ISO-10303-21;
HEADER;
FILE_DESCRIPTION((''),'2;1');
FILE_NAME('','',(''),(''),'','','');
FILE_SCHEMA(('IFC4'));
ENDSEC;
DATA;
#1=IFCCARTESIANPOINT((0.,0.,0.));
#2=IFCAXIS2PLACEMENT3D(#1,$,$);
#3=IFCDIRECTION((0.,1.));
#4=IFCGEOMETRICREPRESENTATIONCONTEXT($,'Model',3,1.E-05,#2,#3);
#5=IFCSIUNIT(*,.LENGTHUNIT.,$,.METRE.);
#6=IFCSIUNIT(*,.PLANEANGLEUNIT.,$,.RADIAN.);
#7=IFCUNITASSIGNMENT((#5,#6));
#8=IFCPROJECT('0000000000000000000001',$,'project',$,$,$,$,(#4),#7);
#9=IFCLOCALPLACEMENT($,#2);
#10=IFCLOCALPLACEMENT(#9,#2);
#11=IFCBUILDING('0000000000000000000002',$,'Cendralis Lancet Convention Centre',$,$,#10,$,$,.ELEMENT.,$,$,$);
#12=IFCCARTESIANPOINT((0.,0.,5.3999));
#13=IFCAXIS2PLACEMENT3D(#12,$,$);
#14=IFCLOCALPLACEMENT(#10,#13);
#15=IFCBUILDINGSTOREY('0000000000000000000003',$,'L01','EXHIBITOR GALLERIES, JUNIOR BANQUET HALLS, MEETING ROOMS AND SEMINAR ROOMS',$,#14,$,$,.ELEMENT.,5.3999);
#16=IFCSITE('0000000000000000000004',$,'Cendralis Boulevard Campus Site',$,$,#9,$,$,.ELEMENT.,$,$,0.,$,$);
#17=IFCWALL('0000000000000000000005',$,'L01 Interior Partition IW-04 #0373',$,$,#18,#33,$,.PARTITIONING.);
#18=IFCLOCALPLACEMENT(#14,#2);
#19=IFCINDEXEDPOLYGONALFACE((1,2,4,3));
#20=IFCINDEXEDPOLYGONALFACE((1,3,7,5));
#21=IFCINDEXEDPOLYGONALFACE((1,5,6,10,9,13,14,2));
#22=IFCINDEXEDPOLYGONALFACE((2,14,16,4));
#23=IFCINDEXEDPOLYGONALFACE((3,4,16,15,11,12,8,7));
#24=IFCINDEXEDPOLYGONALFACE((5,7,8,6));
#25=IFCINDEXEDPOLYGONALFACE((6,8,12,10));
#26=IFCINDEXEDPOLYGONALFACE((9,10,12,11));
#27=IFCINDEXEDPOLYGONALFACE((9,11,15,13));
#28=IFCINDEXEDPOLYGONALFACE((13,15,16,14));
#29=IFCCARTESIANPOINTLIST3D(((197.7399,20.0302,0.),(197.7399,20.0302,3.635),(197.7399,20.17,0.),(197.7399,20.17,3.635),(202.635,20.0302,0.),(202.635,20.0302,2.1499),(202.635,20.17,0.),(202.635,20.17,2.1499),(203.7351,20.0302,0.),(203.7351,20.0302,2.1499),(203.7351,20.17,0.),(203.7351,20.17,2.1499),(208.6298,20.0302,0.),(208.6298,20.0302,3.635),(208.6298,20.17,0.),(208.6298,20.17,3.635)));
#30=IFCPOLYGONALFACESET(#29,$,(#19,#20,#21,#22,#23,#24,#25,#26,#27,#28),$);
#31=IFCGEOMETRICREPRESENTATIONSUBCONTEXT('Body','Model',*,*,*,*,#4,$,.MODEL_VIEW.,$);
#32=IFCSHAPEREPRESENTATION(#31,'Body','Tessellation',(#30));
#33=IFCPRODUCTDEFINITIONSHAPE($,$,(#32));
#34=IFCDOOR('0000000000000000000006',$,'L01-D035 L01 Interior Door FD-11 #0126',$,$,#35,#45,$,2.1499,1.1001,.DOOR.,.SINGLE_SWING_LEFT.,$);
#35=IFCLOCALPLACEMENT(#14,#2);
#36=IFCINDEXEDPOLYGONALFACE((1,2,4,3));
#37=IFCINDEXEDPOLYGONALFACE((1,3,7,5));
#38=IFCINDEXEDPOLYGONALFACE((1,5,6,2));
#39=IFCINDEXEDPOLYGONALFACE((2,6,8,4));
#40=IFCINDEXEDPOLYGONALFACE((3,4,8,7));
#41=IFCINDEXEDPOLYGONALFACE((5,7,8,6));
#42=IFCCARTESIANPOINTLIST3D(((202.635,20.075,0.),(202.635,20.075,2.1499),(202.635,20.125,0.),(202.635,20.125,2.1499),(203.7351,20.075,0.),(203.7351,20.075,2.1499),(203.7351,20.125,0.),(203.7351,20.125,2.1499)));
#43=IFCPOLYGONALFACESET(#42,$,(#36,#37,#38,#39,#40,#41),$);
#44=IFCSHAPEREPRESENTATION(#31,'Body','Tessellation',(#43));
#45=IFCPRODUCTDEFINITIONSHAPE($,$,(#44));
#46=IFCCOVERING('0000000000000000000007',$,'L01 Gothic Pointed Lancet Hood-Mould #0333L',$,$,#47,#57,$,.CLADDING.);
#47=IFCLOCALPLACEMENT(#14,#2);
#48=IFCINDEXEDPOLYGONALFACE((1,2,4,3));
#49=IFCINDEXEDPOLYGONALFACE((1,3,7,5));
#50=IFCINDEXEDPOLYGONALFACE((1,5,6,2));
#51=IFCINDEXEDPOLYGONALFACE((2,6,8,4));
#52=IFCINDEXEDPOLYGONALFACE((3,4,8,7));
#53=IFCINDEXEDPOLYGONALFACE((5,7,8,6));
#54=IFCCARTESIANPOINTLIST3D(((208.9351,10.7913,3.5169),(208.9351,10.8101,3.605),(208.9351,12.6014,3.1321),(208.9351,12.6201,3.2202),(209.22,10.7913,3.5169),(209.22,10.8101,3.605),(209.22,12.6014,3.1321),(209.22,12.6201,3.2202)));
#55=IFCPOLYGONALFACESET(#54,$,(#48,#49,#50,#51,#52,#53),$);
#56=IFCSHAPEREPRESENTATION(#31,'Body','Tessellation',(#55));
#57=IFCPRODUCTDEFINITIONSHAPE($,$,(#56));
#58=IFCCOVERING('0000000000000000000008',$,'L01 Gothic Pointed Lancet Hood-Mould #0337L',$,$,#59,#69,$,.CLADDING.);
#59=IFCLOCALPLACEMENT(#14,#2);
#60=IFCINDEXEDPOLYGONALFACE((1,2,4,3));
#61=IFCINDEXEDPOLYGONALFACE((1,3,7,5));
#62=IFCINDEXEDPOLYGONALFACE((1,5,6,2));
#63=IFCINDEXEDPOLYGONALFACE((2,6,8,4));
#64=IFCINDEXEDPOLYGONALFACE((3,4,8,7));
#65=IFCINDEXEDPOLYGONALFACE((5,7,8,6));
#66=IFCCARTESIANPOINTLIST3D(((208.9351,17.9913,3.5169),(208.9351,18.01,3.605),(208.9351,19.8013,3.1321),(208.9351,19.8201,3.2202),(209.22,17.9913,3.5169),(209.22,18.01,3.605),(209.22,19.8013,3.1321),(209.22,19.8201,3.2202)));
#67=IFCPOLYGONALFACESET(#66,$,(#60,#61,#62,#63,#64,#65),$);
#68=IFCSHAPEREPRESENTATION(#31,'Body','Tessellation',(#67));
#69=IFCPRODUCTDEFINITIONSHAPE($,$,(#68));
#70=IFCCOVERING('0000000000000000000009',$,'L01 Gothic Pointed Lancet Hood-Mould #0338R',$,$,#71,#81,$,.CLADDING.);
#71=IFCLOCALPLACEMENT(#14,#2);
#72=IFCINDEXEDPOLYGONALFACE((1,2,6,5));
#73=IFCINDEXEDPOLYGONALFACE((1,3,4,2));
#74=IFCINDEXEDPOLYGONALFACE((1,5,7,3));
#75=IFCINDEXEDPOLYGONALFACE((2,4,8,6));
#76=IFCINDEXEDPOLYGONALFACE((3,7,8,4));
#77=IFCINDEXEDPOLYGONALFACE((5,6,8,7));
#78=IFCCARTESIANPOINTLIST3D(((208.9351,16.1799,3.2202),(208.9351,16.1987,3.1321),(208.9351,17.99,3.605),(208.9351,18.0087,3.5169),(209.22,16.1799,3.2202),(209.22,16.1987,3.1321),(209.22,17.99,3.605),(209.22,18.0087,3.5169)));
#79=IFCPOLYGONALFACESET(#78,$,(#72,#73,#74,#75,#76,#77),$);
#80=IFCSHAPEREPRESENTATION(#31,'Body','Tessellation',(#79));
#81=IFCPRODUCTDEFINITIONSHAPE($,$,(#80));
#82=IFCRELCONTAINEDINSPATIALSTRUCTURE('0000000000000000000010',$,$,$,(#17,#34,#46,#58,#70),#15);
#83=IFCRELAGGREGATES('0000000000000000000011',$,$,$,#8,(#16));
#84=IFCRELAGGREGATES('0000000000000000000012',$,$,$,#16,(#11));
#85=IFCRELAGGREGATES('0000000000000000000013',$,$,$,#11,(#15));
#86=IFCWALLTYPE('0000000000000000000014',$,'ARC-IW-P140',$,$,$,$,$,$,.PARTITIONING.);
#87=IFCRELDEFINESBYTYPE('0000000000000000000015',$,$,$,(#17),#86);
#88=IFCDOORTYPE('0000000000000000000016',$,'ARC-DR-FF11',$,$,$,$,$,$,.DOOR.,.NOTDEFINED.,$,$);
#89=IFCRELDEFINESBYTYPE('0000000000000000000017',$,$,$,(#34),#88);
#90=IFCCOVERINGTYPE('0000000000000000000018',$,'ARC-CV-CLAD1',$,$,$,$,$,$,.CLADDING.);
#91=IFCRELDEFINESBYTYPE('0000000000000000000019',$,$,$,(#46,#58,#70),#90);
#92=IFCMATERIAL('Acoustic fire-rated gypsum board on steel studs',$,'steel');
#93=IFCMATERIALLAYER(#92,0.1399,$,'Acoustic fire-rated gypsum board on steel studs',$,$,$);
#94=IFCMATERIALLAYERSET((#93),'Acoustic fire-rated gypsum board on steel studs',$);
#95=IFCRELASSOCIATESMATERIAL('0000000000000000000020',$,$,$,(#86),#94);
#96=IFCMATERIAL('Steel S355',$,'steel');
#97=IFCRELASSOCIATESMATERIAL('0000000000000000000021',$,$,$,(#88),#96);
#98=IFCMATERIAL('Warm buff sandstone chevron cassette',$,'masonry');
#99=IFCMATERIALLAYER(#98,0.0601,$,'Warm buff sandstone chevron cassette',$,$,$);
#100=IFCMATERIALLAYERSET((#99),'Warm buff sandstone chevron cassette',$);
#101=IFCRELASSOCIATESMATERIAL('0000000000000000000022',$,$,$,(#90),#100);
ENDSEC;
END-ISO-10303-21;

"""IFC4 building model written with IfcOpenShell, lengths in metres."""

from ifc_helpers import new_model, si_unit, direction, frame, frame_2d, origin, place, context, subcontext, project, spatial, polyline, rectangle, outline, extrude, material, layer, layer_set, type_object, element, fill, save


model = new_model("IFC4")

# Units and contexts
model_context = context("Model", 3, precision=1e-05, world=origin(), true_north=direction((0.0, 1.0)))
body_context = subcontext(model_context, "Body", "Model", "MODEL_VIEW")
ifc_project = project(units=[si_unit("LENGTHUNIT", "METRE"), si_unit("PLANEANGLEUNIT", "RADIAN")], contexts=[model_context])

# Site, building, storey
site_placement = place(None, origin())
site = spatial("IfcSite", under=ifc_project, at=site_placement, Name="Cendralis Boulevard Campus Site", CompositionType="ELEMENT", RefElevation=0.0)
building_placement = place(site_placement, origin())
building = spatial("IfcBuilding", under=site, at=building_placement, Name="Cendralis Lancet Convention Centre", CompositionType="ELEMENT")
storey_placement = place(building_placement, frame((0.0, 0.0, 5.3999)))
storey = spatial("IfcBuildingStorey", under=building, at=storey_placement, Name="L01", Description="EXHIBITOR GALLERIES, JUNIOR BANQUET HALLS, MEETING ROOMS AND SEMINAR ROOMS", CompositionType="ELEMENT", Elevation=5.3999)

# Shared definitions
ifc_material_1 = material(Name="Steel S355", Category="steel")

# Wall, opening, door
ifc_material_2 = material(Name="Acoustic fire-rated gypsum board on steel studs", Category="steel")
ifc_layer_1 = layer(ifc_material_2, 0.1399, Name="Acoustic fire-rated gypsum board on steel studs")
ifc_layer_set_1 = layer_set([ifc_layer_1], Name="Acoustic fire-rated gypsum board on steel studs")
wall_type_1 = type_object("IfcWallType", Name="ARC-IW-P140", PredefinedType="PARTITIONING", material=ifc_layer_set_1)
wall_1_placement = place(storey_placement, frame((197.74, 20.1001, 0.0), z_axis=(0.0, 0.0, 1.0), x_axis=(1.0, 0.0, 0.0)))
wall_1 = element("IfcWall", 1, at=wall_1_placement, inside=storey, type_object=wall_type_1, Name="L01 Interior Partition IW-04 #0373", PredefinedType="PARTITIONING", context=body_context, shape_type="SweptSolid", body=[
    extrude(rectangle(XDim=10.8899, YDim=0.1399, at=frame_2d((5.4448, 0.0))), origin(), (0.0, 0.0, 1.0), 3.635),
])
opening_1_placement = place(wall_1_placement, frame((4.895, 0.0, 0.0)))
opening_1 = element("IfcOpeningElement", 2, at=opening_1_placement, cuts=wall_1, PredefinedType="OPENING", context=body_context, shape_type="SweptSolid", body=[
    extrude(rectangle(XDim=1.1001, YDim=2.1499, at=frame_2d((0.55, 1.075))), frame((0.0, 0.0798, 0.0), z_axis=(0.0, -1.0, 0.0), x_axis=(1.0, 0.0, 0.0)), (0.0, 0.0, 1.0), 0.1599),
])
door_type = type_object("IfcDoorType", Name="ARC-DR-FF11", OperationType="NOTDEFINED", PredefinedType="DOOR", material=ifc_material_1)
door_placement = place(opening_1_placement, origin())
door = element("IfcDoor", 3, at=door_placement, inside=storey, type_object=door_type, Name="L01-D035 L01 Interior Door FD-11 #0126", OperationType="SINGLE_SWING_LEFT", OverallHeight=2.1499, OverallWidth=1.1001, PredefinedType="DOOR", context=body_context, shape_type="SweptSolid", body=[
    extrude(rectangle(XDim=1.1001, YDim=2.1499, at=frame_2d((0.55, 1.075))), frame((0.0, 0.0249, 0.0), z_axis=(0.0, -1.0, 0.0), x_axis=(1.0, 0.0, 0.0)), (0.0, 0.0, 1.0), 0.05),
])
fill(opening_1, door)

# Coverings
ifc_material_3 = material(Name="Warm buff sandstone chevron cassette", Category="masonry")
ifc_layer_2 = layer(ifc_material_3, 0.0601, Name="Warm buff sandstone chevron cassette")
ifc_layer_set_2 = layer_set([ifc_layer_2], Name="Warm buff sandstone chevron cassette")
covering_type = type_object("IfcCoveringType", Name="ARC-CV-CLAD1", PredefinedType="CLADDING", material=ifc_layer_set_2)
for number, where, z_axis, x_axis, name in (
    (4, (209.22, 12.6201, 3.2202), (0.0, 0.207925, 0.978145), (-1.0, 0.0, 0.0), "L01 Gothic Pointed Lancet Hood-Mould #0333L"),
    (5, (209.22, 19.8201, 3.2202), (0.0, 0.207925, 0.978145), (-1.0, 0.0, 0.0), "L01 Gothic Pointed Lancet Hood-Mould #0337L"),
    (6, (209.22, 17.99, 3.605), (0.0, -0.207925, 0.978145), (-1.0, 0.0, 0.0), "L01 Gothic Pointed Lancet Hood-Mould #0338R"),
):
    element("IfcCovering", number, at=place(storey_placement, frame(where, z_axis=z_axis, x_axis=x_axis)), inside=storey, type_object=covering_type, Name=name, PredefinedType="CLADDING", context=body_context, shape_type="SweptSolid", body=[
        extrude(outline(polyline([(0.0, 0.0), (0.2849, 0.0), (0.2849, 1.8505), (0.0, 1.8505), (0.0, 0.0)])), origin(), (0.0, 0.0, -1.0), 0.0901),
    ])

save(model, "model.ifc")
